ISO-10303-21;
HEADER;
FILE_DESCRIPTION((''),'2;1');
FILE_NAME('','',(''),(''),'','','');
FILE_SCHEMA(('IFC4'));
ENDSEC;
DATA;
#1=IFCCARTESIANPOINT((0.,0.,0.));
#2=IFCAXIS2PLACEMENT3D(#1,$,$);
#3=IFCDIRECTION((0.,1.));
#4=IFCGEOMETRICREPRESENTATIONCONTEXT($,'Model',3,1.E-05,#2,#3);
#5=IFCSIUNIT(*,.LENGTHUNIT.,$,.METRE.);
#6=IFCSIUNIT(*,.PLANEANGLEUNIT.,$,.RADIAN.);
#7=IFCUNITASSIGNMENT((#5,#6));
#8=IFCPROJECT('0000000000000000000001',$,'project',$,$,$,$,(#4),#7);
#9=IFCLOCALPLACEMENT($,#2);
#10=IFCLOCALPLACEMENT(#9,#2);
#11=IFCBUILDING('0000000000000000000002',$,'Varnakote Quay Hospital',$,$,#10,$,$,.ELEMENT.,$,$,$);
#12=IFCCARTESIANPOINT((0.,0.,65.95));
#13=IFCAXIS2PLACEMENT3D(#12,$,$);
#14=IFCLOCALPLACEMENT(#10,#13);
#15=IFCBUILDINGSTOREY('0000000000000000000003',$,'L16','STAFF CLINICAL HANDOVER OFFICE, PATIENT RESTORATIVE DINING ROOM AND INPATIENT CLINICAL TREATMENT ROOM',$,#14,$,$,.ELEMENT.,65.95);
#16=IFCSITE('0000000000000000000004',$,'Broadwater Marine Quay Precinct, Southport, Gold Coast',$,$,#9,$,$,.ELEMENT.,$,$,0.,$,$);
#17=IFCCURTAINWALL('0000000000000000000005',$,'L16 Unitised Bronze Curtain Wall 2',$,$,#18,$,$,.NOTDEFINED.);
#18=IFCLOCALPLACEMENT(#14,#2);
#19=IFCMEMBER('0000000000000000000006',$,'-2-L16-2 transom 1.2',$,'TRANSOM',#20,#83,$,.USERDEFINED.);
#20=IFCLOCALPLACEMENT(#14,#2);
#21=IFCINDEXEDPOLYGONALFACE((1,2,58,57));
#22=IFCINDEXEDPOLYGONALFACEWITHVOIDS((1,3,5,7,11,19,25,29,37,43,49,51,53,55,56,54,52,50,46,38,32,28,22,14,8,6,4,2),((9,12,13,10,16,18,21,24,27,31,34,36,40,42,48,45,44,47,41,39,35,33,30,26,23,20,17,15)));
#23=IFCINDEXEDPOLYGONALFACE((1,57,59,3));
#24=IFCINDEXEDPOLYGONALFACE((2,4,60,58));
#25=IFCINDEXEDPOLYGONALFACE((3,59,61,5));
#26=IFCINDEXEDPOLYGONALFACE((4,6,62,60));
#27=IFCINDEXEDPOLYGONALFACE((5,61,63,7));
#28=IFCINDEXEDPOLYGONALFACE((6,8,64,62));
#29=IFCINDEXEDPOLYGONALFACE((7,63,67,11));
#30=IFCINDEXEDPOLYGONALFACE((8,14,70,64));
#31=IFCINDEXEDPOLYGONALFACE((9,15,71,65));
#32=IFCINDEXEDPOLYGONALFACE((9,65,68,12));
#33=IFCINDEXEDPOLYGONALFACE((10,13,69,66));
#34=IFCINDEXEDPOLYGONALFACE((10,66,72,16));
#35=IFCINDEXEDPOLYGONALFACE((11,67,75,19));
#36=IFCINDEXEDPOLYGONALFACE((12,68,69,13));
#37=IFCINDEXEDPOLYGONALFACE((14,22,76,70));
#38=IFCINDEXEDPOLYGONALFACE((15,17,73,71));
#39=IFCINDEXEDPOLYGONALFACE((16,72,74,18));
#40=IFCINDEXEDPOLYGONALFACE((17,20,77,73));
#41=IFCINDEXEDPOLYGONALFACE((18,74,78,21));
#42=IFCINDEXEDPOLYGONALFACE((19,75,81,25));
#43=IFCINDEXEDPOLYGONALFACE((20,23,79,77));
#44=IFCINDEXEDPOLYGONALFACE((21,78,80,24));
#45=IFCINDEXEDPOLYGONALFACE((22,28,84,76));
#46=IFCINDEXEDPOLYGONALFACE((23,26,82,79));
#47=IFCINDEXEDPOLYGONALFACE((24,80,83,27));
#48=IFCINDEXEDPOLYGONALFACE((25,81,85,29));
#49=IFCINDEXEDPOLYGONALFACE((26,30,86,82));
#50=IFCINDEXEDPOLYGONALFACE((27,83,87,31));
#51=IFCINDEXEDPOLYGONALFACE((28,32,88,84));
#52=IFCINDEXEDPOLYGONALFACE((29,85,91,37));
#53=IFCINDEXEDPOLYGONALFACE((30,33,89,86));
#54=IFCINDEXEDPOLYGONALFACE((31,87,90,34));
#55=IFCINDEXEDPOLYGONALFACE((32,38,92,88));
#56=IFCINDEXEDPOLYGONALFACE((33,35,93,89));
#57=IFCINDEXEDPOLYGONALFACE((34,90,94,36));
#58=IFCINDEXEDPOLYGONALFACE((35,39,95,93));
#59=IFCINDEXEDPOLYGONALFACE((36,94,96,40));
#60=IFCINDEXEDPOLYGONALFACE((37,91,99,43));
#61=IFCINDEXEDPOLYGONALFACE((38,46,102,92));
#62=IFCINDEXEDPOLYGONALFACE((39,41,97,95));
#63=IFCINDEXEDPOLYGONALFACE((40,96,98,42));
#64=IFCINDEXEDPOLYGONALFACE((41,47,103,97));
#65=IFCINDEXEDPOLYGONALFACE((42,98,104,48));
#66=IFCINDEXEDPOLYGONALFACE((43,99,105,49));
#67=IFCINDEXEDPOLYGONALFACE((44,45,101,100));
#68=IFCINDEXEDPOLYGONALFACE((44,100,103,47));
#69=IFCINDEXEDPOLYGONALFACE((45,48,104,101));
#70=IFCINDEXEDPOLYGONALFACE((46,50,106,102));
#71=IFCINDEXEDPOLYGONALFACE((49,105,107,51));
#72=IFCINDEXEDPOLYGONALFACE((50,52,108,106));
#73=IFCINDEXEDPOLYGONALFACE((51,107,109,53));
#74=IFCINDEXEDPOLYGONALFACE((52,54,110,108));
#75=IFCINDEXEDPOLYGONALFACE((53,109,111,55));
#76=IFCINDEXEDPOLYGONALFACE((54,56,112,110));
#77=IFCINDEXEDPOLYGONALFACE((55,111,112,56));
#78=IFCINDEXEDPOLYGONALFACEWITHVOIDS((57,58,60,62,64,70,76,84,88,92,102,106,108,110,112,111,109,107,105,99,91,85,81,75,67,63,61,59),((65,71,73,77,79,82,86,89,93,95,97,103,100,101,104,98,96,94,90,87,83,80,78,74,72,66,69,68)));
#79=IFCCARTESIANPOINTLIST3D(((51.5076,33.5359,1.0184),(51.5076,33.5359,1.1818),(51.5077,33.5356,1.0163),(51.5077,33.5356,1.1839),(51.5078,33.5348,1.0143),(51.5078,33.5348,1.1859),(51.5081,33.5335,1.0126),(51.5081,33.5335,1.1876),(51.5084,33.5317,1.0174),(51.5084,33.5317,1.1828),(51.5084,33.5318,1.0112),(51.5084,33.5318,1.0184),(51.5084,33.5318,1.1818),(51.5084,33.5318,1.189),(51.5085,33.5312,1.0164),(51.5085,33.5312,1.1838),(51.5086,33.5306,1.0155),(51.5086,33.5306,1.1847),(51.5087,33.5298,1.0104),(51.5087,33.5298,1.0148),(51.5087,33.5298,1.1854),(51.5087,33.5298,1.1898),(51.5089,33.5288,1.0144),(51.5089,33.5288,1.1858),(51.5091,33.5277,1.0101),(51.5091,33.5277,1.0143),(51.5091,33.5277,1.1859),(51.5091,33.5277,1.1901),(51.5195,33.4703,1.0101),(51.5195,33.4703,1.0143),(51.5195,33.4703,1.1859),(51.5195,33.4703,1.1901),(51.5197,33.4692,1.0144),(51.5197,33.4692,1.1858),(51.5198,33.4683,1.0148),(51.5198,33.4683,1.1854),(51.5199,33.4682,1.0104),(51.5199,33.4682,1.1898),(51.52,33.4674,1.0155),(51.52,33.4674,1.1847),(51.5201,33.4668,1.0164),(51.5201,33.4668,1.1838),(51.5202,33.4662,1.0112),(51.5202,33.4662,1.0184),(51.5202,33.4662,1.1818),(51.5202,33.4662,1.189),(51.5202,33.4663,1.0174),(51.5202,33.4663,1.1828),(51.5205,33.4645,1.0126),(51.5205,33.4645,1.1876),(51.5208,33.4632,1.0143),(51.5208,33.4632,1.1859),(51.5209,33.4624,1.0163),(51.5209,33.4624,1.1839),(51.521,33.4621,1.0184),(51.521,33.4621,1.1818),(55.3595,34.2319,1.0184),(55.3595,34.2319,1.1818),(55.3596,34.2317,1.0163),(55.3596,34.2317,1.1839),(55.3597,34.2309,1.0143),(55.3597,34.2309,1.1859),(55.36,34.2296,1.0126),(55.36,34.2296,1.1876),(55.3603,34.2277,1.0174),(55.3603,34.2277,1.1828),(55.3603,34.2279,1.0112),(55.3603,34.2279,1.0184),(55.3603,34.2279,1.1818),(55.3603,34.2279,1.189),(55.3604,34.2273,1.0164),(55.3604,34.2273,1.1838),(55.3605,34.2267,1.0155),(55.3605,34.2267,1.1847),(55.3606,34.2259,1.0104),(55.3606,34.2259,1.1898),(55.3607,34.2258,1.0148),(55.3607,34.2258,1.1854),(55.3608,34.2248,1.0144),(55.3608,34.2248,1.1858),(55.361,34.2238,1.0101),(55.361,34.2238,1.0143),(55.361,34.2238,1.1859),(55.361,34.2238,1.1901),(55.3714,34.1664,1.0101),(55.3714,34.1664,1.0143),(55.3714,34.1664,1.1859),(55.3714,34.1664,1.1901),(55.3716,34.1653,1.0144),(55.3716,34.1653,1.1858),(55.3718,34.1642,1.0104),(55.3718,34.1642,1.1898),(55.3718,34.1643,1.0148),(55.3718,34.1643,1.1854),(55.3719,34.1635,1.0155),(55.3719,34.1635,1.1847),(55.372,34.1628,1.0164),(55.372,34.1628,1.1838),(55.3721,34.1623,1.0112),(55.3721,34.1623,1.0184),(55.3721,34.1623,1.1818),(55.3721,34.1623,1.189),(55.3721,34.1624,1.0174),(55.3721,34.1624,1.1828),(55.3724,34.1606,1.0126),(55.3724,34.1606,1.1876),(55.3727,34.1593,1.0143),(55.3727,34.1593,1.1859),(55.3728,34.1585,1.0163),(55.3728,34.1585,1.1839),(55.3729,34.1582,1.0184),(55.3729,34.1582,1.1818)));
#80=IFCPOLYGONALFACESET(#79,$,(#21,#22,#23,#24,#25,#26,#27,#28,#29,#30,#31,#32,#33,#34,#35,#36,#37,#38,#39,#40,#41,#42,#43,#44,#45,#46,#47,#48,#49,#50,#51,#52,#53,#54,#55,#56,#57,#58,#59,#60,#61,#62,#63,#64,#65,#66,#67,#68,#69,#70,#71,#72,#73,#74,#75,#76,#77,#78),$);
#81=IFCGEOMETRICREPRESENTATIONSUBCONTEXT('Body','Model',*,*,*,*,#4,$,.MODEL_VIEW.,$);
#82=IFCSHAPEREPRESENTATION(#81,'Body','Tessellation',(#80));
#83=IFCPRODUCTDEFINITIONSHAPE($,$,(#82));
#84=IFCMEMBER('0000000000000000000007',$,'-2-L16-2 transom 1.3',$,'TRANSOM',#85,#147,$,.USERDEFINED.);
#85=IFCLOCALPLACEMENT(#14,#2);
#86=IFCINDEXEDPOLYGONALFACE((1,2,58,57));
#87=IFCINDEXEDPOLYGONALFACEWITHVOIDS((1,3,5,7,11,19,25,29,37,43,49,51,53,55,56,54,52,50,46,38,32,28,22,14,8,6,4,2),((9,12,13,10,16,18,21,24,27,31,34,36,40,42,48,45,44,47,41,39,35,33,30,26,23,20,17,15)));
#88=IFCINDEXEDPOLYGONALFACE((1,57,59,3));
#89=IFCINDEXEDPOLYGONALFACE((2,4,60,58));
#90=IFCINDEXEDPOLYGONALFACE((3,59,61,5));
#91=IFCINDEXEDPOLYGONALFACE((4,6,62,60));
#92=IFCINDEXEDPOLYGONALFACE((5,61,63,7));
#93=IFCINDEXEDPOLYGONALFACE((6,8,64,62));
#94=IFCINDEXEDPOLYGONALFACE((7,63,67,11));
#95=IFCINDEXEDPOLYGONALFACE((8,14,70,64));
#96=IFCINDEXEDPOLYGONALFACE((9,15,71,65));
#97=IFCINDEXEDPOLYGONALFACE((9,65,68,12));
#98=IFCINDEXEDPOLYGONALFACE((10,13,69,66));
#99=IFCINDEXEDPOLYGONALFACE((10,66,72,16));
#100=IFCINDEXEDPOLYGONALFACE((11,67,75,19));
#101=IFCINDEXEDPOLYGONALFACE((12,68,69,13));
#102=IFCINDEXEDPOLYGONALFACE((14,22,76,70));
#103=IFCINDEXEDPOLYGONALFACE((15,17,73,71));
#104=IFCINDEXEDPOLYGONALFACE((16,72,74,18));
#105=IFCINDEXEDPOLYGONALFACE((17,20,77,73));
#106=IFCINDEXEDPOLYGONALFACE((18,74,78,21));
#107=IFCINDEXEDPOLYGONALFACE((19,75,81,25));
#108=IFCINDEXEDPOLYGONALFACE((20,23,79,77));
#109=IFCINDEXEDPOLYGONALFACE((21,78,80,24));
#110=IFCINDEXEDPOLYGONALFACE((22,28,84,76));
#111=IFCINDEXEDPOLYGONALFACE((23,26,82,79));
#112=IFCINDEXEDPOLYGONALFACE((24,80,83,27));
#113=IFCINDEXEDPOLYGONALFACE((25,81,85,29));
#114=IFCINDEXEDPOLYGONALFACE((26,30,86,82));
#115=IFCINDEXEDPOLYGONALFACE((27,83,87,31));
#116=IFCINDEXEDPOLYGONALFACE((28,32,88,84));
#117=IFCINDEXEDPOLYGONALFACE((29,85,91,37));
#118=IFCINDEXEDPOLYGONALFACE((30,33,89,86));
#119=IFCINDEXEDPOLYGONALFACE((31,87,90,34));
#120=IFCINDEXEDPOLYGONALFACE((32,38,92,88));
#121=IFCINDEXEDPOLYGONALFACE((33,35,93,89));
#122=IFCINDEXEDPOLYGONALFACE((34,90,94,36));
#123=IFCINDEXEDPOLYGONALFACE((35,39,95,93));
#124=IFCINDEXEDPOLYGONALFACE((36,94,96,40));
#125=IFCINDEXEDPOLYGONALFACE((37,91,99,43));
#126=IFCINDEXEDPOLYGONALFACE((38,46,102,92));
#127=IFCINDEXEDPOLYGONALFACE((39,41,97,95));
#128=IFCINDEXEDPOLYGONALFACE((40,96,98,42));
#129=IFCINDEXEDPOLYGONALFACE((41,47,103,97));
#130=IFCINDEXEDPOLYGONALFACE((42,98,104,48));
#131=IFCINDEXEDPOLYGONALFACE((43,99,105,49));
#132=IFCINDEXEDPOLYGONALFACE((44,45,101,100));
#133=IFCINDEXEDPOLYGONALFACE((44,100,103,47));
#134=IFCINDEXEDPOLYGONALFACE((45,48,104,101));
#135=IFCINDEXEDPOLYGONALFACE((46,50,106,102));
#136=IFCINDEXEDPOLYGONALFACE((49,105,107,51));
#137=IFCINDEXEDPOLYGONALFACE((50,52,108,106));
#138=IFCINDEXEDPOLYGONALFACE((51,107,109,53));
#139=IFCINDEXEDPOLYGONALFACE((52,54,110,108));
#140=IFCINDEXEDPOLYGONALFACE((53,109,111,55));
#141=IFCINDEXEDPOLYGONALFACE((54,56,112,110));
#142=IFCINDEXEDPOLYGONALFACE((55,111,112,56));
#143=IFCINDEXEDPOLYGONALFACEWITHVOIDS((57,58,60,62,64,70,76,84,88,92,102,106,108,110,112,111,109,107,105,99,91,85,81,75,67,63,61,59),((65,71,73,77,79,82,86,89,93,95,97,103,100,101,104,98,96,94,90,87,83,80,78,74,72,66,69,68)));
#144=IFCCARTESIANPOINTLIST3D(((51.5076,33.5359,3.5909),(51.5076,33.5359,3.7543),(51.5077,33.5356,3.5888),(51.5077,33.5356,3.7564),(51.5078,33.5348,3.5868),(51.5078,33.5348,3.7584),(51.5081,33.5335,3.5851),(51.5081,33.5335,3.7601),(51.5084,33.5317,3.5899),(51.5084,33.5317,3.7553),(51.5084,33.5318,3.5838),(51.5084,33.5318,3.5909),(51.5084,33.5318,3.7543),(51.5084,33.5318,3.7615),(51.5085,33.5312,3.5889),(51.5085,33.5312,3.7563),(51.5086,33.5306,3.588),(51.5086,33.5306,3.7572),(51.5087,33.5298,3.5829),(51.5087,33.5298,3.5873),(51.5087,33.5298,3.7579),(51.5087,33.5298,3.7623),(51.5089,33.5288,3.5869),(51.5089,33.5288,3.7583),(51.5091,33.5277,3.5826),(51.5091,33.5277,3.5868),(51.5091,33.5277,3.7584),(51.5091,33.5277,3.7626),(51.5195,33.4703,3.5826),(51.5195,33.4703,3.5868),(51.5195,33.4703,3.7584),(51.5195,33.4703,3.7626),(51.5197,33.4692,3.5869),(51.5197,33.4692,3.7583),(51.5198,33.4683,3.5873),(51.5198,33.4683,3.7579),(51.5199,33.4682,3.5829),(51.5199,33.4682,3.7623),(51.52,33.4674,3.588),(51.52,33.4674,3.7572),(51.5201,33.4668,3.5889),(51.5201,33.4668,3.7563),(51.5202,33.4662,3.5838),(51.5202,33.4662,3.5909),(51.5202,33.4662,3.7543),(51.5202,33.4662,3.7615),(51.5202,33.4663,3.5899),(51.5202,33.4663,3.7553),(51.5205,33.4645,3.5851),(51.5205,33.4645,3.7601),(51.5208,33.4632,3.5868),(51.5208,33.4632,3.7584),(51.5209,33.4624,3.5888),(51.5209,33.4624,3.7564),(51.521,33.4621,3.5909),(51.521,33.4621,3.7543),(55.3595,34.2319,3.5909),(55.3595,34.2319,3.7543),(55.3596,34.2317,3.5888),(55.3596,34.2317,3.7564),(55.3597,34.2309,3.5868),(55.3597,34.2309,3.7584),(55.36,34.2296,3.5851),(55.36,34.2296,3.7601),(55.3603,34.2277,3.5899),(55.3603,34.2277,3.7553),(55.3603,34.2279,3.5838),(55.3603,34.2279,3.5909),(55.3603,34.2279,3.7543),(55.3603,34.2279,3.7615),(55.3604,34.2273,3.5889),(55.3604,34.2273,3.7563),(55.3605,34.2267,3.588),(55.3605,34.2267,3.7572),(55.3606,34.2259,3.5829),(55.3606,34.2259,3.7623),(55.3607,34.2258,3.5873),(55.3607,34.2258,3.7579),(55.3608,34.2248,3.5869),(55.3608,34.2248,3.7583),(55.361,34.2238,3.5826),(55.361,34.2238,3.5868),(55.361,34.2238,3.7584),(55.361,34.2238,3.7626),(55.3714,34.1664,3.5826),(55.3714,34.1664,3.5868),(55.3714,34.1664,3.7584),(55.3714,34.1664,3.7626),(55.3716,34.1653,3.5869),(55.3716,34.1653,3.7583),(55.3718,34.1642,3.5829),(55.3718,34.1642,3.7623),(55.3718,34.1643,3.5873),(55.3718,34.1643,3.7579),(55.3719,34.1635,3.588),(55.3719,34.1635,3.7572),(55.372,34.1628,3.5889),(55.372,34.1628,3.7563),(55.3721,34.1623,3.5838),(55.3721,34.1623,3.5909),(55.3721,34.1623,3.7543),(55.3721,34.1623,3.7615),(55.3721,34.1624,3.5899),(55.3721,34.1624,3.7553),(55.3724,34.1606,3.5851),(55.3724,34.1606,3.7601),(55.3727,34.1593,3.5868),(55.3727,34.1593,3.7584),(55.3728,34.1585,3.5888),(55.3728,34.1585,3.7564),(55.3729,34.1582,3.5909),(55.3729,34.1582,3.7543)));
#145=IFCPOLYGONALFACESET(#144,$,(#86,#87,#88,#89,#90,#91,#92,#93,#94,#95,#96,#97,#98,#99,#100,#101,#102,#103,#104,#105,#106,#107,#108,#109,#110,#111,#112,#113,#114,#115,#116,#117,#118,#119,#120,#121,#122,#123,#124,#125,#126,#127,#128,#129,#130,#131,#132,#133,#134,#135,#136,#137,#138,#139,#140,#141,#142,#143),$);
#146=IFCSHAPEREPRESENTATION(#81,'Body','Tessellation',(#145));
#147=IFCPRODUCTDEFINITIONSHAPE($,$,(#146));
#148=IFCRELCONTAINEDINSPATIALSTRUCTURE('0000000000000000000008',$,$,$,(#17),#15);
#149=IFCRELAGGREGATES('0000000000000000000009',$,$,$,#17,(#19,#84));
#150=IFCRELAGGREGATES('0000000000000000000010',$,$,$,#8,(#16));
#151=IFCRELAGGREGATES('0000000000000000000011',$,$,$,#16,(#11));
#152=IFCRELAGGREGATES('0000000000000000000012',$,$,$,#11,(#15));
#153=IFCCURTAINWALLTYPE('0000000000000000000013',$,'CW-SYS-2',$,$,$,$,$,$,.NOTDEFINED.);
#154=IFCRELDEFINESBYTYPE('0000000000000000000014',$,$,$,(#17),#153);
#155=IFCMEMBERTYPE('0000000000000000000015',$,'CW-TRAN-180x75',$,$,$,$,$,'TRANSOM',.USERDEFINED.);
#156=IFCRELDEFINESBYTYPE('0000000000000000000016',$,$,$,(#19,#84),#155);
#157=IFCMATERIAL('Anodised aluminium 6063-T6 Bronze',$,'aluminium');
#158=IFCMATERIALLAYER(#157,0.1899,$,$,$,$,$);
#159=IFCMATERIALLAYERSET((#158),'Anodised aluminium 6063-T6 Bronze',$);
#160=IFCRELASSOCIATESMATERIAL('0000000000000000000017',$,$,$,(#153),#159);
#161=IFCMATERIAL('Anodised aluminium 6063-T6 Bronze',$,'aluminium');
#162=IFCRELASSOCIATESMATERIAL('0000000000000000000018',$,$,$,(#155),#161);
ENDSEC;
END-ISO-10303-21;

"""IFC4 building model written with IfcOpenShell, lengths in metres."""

from ifc_helpers import new_model, si_unit, direction, frame, origin, origin_2d, place, context, subcontext, project, spatial, hollow_rectangle, extrude, material, layer, layer_set, material_profile, profile_set, type_object, element, aggregate, save


model = new_model("IFC4")

# Units and contexts
model_context = context("Model", 3, precision=1e-05, world=origin(), true_north=direction((0.0, 1.0)))
body_context = subcontext(model_context, "Body", "Model", "MODEL_VIEW")
ifc_project = project(units=[si_unit("LENGTHUNIT", "METRE"), si_unit("PLANEANGLEUNIT", "RADIAN")], contexts=[model_context])

# Site, building, storey
site_placement = place(None, origin())
site = spatial("IfcSite", under=ifc_project, at=site_placement, Name="Broadwater Marine Quay Precinct, Southport, Gold Coast", CompositionType="ELEMENT", RefElevation=0.0)
building_placement = place(site_placement, origin())
building = spatial("IfcBuilding", under=site, at=building_placement, Name="Varnakote Quay Hospital", CompositionType="ELEMENT")
storey_placement = place(building_placement, frame((0.0, 0.0, 65.95)))
storey = spatial("IfcBuildingStorey", under=building, at=storey_placement, Name="L16", Description="STAFF CLINICAL HANDOVER OFFICE, PATIENT RESTORATIVE DINING ROOM AND INPATIENT CLINICAL TREATMENT ROOM", CompositionType="ELEMENT", Elevation=65.95)

# Shared definitions
ifc_material_1 = material(Name="Anodised aluminium 6063-T6 Bronze", Category="aluminium")
ifc_layer_1 = layer(ifc_material_1, 0.1899)
ifc_layer_set_1 = layer_set([ifc_layer_1], Name="Anodised aluminium 6063-T6 Bronze")
curtain_wall_type = type_object("IfcCurtainWallType", Name="CW-SYS-2", PredefinedType="NOTDEFINED", material=ifc_layer_set_1)

# Curtain wall
curtain_wall_1_placement = place(storey_placement, origin())
curtain_wall_1 = element("IfcCurtainWall", 1, at=curtain_wall_1_placement, inside=storey, type_object=curtain_wall_type, Name="L16 Unitised Bronze Curtain Wall 2", PredefinedType="NOTDEFINED")

# Members
ifc_material_2 = material(Name="Anodised aluminium 6063-T6 Bronze", Category="aluminium")
ifc_material_profile_1 = material_profile(ifc_material_2, hollow_rectangle(XDim=0.075, YDim=0.1799, WallThickness=0.0042, InnerFilletRadius=0.0042, OuterFilletRadius=0.0083, at=origin_2d()), Name="CW-TRAN-180x75")
ifc_profile_set_1 = profile_set([ifc_material_profile_1], Name="Anodised aluminium 6063-T6 Bronze")
member_type_1 = type_object("IfcMemberType", Name="CW-TRAN-180x75", ElementType="TRANSOM", PredefinedType="USERDEFINED", material=ifc_profile_set_1)
member_1_placement = place(storey_placement, frame((55.3662, 34.1951, 1.1001), z_axis=(-0.984062, -0.177826, 0.0), x_axis=(0.177826, -0.984062, 0.0)))
member_1 = element("IfcMember", 2, at=member_1_placement, type_object=member_type_1, Name="-2-L16-2 transom 1.2", ObjectType="TRANSOM", PredefinedType="USERDEFINED", context=body_context, shape_type="SweptSolid", body=[
    extrude(hollow_rectangle(XDim=0.075, YDim=0.1799, WallThickness=0.0042, InnerFilletRadius=0.0042, OuterFilletRadius=0.0083, at=origin_2d()), origin(), (0.0, 0.0, 1.0), 3.9143),
])
member_2_placement = place(storey_placement, frame((55.3662, 34.1951, 3.6726), z_axis=(-0.984062, -0.177826, 0.0), x_axis=(0.177826, -0.984062, 0.0)))
member_2 = element("IfcMember", 3, at=member_2_placement, type_object=member_type_1, Name="-2-L16-2 transom 1.3", ObjectType="TRANSOM", PredefinedType="USERDEFINED", context=body_context, shape_type="SweptSolid", body=[
    extrude(hollow_rectangle(XDim=0.075, YDim=0.1799, WallThickness=0.0042, InnerFilletRadius=0.0042, OuterFilletRadius=0.0083, at=origin_2d()), origin(), (0.0, 0.0, 1.0), 3.9143),
])

aggregate(curtain_wall_1, [member_1, member_2])

save(model, "model.ifc")
